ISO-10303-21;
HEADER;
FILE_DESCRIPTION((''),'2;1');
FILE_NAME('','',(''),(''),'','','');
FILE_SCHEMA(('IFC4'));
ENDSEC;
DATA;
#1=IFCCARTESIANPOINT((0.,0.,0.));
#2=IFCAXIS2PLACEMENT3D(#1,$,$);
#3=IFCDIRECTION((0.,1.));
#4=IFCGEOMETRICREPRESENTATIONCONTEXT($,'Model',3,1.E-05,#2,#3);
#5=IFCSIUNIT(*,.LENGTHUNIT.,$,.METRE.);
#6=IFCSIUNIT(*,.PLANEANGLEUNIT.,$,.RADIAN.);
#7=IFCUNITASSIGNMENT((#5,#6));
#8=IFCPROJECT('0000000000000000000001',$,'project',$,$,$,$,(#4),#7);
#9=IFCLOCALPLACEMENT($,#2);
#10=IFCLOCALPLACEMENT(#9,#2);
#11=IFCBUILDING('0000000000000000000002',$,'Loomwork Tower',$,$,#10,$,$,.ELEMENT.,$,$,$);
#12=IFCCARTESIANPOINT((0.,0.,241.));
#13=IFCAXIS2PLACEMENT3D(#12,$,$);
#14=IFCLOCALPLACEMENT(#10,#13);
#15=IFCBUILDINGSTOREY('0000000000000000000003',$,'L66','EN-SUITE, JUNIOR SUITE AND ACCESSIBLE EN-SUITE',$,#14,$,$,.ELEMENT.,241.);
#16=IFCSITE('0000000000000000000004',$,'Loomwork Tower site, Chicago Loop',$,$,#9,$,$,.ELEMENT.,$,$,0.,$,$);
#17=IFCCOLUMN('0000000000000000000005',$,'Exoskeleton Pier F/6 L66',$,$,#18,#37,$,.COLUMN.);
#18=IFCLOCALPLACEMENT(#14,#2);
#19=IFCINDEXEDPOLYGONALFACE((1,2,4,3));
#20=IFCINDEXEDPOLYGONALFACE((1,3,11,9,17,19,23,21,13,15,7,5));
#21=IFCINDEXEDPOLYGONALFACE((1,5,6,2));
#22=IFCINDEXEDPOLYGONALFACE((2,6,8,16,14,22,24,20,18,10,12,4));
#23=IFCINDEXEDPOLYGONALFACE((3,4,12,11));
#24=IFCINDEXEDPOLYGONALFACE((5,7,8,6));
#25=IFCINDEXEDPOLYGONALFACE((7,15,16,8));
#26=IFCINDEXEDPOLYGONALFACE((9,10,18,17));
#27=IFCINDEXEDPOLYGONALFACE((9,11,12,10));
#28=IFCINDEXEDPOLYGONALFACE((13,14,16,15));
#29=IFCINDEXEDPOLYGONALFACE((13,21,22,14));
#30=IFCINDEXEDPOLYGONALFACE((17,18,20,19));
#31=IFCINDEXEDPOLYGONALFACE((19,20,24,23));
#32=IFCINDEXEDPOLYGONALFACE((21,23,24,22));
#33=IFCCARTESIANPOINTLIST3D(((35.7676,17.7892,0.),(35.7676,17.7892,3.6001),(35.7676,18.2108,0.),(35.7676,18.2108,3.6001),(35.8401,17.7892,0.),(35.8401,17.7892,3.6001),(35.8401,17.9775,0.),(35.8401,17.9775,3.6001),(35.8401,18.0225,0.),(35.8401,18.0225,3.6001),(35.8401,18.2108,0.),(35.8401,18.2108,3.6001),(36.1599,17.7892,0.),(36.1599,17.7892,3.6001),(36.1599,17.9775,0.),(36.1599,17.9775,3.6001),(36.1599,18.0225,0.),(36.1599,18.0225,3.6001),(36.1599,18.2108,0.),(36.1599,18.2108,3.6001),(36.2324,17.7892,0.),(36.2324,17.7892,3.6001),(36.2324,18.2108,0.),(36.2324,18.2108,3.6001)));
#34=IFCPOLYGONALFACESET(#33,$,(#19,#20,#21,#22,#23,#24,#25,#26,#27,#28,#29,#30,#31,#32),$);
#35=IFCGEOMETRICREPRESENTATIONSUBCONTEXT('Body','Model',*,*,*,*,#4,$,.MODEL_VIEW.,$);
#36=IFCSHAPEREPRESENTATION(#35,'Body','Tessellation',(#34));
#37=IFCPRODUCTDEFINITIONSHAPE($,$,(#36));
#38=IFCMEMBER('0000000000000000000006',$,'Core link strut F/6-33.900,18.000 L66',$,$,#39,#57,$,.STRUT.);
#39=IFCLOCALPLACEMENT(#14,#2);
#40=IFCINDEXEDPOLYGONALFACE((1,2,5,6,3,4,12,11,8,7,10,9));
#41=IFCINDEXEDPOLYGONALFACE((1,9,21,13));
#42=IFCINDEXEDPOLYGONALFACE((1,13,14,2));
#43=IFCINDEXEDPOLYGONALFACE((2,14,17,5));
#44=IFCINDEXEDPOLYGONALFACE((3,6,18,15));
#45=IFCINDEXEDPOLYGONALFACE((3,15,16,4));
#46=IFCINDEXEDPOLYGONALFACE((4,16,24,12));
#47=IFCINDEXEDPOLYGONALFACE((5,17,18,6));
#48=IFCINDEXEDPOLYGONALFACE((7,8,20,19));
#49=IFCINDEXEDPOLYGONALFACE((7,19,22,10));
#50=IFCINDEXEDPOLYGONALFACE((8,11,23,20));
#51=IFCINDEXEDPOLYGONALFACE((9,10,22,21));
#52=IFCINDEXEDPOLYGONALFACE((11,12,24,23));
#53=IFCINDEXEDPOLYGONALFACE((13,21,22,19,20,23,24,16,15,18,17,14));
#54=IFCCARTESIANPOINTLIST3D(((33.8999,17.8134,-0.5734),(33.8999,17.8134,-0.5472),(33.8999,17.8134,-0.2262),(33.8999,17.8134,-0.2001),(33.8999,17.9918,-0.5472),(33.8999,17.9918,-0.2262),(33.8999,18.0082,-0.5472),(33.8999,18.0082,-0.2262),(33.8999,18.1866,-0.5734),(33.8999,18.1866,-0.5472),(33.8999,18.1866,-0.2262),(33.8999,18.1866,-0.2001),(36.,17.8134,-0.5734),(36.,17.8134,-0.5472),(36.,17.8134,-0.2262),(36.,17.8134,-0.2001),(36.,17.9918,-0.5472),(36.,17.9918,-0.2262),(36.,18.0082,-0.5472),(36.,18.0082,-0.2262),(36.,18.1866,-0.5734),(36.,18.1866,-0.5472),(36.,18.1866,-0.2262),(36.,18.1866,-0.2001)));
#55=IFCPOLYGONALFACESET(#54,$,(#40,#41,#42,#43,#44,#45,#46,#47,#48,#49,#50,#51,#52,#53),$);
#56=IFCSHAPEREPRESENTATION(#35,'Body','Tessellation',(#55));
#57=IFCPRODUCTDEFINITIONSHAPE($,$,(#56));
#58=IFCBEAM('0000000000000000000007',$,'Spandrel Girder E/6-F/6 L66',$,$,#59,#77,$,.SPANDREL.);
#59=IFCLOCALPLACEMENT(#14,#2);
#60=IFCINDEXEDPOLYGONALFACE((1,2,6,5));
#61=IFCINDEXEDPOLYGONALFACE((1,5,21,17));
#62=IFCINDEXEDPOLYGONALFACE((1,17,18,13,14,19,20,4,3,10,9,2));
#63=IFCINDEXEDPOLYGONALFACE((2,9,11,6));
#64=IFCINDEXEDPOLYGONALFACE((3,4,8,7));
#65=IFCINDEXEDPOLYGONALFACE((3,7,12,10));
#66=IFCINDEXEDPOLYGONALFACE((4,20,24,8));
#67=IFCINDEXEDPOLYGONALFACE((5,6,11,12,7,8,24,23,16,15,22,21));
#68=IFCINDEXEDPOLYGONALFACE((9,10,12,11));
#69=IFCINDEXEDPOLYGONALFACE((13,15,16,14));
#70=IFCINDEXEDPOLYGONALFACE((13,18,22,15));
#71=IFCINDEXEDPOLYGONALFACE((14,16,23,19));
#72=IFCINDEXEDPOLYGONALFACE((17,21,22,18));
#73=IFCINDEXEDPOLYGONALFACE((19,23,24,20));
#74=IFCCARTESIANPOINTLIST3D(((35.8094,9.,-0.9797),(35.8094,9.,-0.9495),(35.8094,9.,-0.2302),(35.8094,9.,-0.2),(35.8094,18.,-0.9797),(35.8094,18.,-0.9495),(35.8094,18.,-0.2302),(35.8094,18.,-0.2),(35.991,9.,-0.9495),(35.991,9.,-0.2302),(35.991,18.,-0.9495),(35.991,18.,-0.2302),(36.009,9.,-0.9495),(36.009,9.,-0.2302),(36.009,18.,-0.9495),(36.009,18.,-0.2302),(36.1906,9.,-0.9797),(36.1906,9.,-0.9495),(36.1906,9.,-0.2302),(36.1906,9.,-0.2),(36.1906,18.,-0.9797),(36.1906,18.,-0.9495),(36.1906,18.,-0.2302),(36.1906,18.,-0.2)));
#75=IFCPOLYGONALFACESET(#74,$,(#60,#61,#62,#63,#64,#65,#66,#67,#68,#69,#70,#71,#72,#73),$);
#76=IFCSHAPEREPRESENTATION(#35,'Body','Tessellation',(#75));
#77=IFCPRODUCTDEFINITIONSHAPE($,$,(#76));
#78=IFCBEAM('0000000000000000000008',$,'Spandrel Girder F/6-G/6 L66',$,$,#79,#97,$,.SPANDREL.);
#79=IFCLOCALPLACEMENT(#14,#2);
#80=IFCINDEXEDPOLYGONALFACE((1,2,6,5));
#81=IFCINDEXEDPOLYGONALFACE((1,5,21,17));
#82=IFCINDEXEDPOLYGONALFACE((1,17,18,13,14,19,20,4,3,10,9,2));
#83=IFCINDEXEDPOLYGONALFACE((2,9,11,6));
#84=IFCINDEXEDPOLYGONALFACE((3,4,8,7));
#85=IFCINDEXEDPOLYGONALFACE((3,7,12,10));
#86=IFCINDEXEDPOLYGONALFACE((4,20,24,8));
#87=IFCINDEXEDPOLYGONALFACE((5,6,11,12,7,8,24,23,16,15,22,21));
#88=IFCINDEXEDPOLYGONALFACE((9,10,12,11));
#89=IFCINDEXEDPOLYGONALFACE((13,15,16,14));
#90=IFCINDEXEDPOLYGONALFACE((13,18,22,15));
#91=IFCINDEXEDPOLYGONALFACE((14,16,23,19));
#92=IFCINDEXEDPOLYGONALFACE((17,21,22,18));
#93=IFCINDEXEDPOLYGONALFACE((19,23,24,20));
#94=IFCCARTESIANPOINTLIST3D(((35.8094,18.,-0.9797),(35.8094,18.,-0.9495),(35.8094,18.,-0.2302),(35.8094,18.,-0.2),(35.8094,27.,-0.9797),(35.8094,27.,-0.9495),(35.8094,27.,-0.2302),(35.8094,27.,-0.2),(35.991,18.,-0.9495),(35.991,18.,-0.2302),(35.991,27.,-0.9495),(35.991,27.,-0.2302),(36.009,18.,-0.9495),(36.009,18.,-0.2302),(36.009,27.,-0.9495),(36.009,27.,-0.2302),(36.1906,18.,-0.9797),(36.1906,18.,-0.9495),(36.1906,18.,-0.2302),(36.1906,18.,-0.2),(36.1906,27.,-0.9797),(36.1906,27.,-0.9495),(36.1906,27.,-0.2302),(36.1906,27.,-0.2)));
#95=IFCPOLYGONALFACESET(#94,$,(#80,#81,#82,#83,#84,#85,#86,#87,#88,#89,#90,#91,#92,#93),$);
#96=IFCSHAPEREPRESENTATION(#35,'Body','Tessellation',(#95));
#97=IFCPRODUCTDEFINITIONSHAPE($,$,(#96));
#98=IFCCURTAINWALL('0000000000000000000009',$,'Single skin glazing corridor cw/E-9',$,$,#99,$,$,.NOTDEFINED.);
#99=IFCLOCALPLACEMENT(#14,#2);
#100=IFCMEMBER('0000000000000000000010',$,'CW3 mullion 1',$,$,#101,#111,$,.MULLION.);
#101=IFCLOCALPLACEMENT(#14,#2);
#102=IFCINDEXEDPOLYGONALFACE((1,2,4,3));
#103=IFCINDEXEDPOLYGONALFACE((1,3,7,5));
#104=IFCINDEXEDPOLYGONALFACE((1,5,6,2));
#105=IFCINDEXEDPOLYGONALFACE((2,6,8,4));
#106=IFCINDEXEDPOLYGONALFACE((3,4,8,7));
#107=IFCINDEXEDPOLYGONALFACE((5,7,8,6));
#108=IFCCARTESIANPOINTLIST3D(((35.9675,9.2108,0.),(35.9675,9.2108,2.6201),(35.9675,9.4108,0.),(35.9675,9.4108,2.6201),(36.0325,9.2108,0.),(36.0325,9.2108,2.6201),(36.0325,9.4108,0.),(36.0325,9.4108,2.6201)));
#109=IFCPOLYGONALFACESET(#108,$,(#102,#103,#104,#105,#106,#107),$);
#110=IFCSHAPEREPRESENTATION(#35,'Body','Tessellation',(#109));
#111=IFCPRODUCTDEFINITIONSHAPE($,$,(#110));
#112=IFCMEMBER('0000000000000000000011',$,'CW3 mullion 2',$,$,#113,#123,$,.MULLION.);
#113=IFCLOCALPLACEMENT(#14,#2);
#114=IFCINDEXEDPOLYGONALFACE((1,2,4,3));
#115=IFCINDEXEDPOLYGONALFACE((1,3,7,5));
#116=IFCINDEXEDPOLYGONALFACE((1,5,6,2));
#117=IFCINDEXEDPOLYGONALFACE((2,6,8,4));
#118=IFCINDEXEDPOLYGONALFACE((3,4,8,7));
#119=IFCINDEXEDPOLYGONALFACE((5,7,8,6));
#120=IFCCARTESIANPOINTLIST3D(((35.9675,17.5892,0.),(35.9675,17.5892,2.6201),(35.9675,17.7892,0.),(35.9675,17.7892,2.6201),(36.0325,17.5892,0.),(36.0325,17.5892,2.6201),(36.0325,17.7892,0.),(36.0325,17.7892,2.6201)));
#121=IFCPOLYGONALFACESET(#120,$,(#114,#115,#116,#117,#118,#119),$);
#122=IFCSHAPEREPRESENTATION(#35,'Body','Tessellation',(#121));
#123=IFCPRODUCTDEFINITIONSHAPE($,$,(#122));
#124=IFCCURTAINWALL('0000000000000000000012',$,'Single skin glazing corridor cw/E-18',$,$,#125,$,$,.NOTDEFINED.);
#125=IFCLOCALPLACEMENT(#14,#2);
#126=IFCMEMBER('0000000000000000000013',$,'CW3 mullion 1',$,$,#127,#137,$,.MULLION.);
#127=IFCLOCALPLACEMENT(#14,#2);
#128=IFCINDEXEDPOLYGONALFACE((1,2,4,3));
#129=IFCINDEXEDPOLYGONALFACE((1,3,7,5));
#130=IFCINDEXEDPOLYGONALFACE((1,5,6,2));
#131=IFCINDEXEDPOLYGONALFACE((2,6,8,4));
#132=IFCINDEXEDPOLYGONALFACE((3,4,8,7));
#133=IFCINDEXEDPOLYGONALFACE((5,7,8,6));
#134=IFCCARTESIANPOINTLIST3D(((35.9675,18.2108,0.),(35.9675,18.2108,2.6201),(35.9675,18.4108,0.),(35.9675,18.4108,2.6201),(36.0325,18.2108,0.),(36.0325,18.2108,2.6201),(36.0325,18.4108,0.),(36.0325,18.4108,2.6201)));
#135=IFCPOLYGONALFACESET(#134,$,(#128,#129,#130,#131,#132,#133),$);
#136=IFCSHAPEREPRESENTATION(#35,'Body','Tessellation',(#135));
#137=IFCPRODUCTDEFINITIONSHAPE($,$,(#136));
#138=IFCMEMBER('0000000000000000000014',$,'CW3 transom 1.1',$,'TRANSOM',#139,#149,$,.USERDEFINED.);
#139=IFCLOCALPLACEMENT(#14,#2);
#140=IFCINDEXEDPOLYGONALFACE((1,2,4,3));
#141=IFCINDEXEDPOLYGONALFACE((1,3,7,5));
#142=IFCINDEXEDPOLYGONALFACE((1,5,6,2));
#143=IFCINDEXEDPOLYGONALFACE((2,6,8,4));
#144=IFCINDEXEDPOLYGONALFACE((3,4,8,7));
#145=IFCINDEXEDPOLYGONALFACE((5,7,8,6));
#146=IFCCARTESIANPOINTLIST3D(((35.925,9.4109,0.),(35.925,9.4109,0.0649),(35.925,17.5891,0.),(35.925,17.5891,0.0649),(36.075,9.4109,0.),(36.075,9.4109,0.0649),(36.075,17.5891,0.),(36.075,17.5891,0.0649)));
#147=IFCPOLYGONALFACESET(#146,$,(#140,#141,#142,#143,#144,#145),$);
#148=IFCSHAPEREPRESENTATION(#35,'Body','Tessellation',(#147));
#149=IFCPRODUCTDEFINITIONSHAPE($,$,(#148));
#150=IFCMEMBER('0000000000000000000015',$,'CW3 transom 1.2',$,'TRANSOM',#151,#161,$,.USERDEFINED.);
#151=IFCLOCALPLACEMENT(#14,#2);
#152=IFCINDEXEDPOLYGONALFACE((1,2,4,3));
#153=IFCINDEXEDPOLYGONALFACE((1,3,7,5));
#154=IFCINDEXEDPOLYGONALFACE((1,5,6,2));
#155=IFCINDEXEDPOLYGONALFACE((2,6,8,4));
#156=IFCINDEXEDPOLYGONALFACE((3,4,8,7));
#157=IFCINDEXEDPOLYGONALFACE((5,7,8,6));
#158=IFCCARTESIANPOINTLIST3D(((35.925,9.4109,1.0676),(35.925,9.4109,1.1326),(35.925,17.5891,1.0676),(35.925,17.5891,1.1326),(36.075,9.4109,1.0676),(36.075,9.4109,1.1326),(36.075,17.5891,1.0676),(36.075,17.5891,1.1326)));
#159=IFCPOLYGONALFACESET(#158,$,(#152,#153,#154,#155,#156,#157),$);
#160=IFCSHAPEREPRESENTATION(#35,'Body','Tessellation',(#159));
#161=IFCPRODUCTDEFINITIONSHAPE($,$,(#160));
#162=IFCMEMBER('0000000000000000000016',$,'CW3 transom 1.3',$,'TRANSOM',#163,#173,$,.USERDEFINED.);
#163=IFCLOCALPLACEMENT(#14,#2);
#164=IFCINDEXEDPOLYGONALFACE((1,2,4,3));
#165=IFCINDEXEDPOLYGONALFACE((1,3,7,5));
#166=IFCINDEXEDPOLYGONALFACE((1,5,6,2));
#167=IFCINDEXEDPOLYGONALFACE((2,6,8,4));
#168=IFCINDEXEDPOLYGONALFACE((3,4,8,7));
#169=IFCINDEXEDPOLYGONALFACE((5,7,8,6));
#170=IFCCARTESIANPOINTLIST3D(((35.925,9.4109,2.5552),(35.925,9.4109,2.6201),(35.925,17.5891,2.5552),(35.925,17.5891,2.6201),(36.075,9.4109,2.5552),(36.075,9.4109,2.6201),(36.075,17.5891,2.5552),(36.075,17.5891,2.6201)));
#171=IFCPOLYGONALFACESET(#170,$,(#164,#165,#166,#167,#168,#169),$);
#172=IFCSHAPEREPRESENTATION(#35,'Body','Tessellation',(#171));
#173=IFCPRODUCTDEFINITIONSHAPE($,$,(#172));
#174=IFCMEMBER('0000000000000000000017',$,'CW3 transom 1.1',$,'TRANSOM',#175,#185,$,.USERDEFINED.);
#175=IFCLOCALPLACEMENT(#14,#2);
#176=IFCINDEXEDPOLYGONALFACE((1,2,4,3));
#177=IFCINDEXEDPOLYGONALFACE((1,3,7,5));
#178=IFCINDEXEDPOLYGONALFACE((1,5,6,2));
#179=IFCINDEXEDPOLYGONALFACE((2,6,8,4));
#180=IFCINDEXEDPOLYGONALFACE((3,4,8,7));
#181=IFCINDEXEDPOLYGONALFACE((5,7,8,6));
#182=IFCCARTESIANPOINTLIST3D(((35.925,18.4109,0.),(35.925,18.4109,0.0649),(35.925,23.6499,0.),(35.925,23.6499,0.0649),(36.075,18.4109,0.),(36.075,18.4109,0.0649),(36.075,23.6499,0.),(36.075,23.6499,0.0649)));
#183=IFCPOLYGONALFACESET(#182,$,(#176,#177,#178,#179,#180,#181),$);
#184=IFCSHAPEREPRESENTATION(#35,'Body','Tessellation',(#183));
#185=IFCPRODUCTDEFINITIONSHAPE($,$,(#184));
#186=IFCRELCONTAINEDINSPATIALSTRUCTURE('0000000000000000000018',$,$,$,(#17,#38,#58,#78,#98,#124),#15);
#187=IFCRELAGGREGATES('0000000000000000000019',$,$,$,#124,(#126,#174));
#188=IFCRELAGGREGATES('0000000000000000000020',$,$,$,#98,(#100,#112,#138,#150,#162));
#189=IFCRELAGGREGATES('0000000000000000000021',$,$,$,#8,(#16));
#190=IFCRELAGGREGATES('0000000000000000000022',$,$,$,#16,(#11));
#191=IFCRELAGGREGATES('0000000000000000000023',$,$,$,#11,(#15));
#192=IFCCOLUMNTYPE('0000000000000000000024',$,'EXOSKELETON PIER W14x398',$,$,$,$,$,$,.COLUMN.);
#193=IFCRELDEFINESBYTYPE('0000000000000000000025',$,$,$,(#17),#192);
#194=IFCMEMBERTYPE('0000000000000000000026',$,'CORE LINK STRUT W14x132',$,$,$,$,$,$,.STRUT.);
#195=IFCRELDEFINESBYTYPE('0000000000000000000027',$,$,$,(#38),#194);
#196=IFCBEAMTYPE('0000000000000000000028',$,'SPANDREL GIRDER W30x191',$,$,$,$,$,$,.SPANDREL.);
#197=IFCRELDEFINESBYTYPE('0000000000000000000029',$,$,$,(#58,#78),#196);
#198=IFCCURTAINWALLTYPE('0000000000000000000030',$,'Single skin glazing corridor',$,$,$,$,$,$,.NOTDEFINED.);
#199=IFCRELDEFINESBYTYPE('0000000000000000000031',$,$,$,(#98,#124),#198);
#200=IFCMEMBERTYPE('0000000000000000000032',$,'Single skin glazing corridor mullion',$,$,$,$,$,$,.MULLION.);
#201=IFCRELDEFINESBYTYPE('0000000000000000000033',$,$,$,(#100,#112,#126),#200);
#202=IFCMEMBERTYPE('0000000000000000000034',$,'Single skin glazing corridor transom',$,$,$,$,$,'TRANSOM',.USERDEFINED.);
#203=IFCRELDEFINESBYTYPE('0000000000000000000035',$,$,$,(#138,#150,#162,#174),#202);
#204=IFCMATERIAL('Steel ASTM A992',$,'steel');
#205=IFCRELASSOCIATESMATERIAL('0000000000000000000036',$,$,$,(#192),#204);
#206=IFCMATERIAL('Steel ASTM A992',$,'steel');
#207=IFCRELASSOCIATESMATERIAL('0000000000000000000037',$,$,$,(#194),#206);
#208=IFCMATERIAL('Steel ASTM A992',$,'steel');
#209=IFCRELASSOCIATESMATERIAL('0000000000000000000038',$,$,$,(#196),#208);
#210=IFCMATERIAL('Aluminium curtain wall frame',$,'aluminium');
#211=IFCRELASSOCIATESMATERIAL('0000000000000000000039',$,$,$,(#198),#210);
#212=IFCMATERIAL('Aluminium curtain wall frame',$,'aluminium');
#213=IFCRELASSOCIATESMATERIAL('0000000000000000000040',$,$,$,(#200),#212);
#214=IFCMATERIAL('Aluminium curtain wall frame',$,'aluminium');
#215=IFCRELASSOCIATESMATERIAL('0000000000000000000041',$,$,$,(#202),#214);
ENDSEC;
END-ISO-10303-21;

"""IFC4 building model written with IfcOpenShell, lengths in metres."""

from ifc_helpers import new_model, si_unit, direction, frame, origin, origin_2d, place, context, subcontext, project, spatial, rectangle, i_section, extrude, material, material_profile, profile_set, type_object, element, aggregate, save


model = new_model("IFC4")

# Units and contexts
model_context = context("Model", 3, precision=1e-05, world=origin(), true_north=direction((0.0, 1.0)))
body_context = subcontext(model_context, "Body", "Model", "MODEL_VIEW")
ifc_project = project(units=[si_unit("LENGTHUNIT", "METRE"), si_unit("PLANEANGLEUNIT", "RADIAN")], contexts=[model_context])

# Site, building, storey
site_placement = place(None, origin())
site = spatial("IfcSite", under=ifc_project, at=site_placement, Name="Loomwork Tower site, Chicago Loop", CompositionType="ELEMENT", RefElevation=0.0)
building_placement = place(site_placement, origin())
building = spatial("IfcBuilding", under=site, at=building_placement, Name="Loomwork Tower", CompositionType="ELEMENT")
storey_placement = place(building_placement, frame((0.0, 0.0, 241.0)))
storey = spatial("IfcBuildingStorey", under=building, at=storey_placement, Name="L66", Description="EN-SUITE, JUNIOR SUITE AND ACCESSIBLE EN-SUITE", CompositionType="ELEMENT", Elevation=241.0)

# Column
ifc_material_1 = material(Name="Steel ASTM A992", Category="steel")
ifc_material_profile_1 = material_profile(ifc_material_1, i_section(OverallWidth=0.4216, OverallDepth=0.4648, WebThickness=0.0449, FlangeThickness=0.0725, at=origin_2d()), Name="W14x398")
ifc_profile_set_1 = profile_set([ifc_material_profile_1], Name="Steel ASTM A992")
column_type = type_object("IfcColumnType", Name="EXOSKELETON PIER W14x398", PredefinedType="COLUMN", material=ifc_profile_set_1)
column_placement = place(storey_placement, frame((36.0, 18.0, 0.0), z_axis=(0.0, 0.0, 1.0), x_axis=(0.0, 1.0, 0.0)))
element("IfcColumn", 1, at=column_placement, inside=storey, type_object=column_type, Name="Exoskeleton Pier F/6 L66", PredefinedType="COLUMN", context=body_context, shape_type="SweptSolid", body=[
    extrude(i_section(OverallWidth=0.4216, OverallDepth=0.4648, WebThickness=0.0449, FlangeThickness=0.0725, at=origin_2d()), origin(), (0.0, 0.0, 1.0), 3.6001),
])

# Member
ifc_material_2 = material(Name="Steel ASTM A992", Category="steel")
ifc_material_profile_2 = material_profile(ifc_material_2, i_section(OverallWidth=0.3733, OverallDepth=0.3733, WebThickness=0.0164, FlangeThickness=0.0261, at=origin_2d()), Name="W14x132")
ifc_profile_set_2 = profile_set([ifc_material_profile_2], Name="Steel ASTM A992")
member_type_1 = type_object("IfcMemberType", Name="CORE LINK STRUT W14x132", PredefinedType="STRUT", material=ifc_profile_set_2)
member_1_placement = place(storey_placement, frame((36.0, 18.0, -0.3867), z_axis=(-1.0, 0.0, 0.0), x_axis=(0.0, -1.0, 0.0)))
element("IfcMember", 2, at=member_1_placement, inside=storey, type_object=member_type_1, Name="Core link strut F/6-33.900,18.000 L66", PredefinedType="STRUT", context=body_context, shape_type="SweptSolid", body=[
    extrude(i_section(OverallWidth=0.3733, OverallDepth=0.3733, WebThickness=0.0164, FlangeThickness=0.0261, at=origin_2d()), origin(), (0.0, 0.0, 1.0), 2.1001),
])

# Beams
ifc_material_3 = material(Name="Steel ASTM A992", Category="steel")
ifc_material_profile_3 = material_profile(ifc_material_3, i_section(OverallWidth=0.3811, OverallDepth=0.7798, WebThickness=0.0181, FlangeThickness=0.0303, at=origin_2d()), Name="W30x191")
ifc_profile_set_3 = profile_set([ifc_material_profile_3], Name="Steel ASTM A992")
beam_type = type_object("IfcBeamType", Name="SPANDREL GIRDER W30x191", PredefinedType="SPANDREL", material=ifc_profile_set_3)
for number, where, z_axis, x_axis, name in (
    (3, (36.0, 9.0, -0.5898), (0.0, 1.0, 0.0), (-1.0, 0.0, 0.0), "Spandrel Girder E/6-F/6 L66"),
    (4, (36.0, 18.0, -0.5898), (0.0, 1.0, 0.0), (-1.0, 0.0, 0.0), "Spandrel Girder F/6-G/6 L66"),
):
    element("IfcBeam", number, at=place(storey_placement, frame(where, z_axis=z_axis, x_axis=x_axis)), inside=storey, type_object=beam_type, Name=name, PredefinedType="SPANDREL", context=body_context, shape_type="SweptSolid", body=[
        extrude(i_section(OverallWidth=0.3811, OverallDepth=0.7798, WebThickness=0.0181, FlangeThickness=0.0303, at=origin_2d()), origin(), (0.0, 0.0, 1.0), 9.0),
    ])

# Curtain wall, members
ifc_material_4 = material(Name="Aluminium curtain wall frame", Category="aluminium")
curtain_wall_type = type_object("IfcCurtainWallType", Name="Single skin glazing corridor", PredefinedType="NOTDEFINED", material=ifc_material_4)
curtain_wall_1_placement = place(storey_placement, origin())
curtain_wall_1 = element("IfcCurtainWall", 5, at=curtain_wall_1_placement, inside=storey, type_object=curtain_wall_type, Name="Single skin glazing corridor cw/E-9", PredefinedType="NOTDEFINED")
ifc_material_5 = material(Name="Aluminium curtain wall frame", Category="aluminium")
ifc_material_profile_4 = material_profile(ifc_material_5, rectangle(XDim=0.0649, YDim=0.2, at=origin_2d()), Name="AL 65x200")
ifc_profile_set_4 = profile_set([ifc_material_profile_4], Name="Aluminium curtain wall frame")
member_type_2 = type_object("IfcMemberType", Name="Single skin glazing corridor mullion", PredefinedType="MULLION", material=ifc_profile_set_4)
member_2_placement = place(storey_placement, frame((36.0, 9.3108, 0.0), z_axis=(0.0, 0.0, 1.0), x_axis=(-1.0, 0.0, 0.0)))
member_2 = element("IfcMember", 6, at=member_2_placement, type_object=member_type_2, Name="CW3 mullion 1", PredefinedType="MULLION", context=body_context, shape_type="SweptSolid", body=[
    extrude(rectangle(XDim=0.0649, YDim=0.2, at=origin_2d()), origin(), (0.0, 0.0, 1.0), 2.6201),
])
member_3_placement = place(storey_placement, frame((36.0, 17.6892, 0.0), z_axis=(0.0, 0.0, 1.0), x_axis=(-1.0, 0.0, 0.0)))
member_3 = element("IfcMember", 7, at=member_3_placement, type_object=member_type_2, Name="CW3 mullion 2", PredefinedType="MULLION", context=body_context, shape_type="SweptSolid", body=[
    extrude(rectangle(XDim=0.0649, YDim=0.2, at=origin_2d()), origin(), (0.0, 0.0, 1.0), 2.6201),
])

# Curtain wall, member
curtain_wall_2_placement = place(storey_placement, origin())
curtain_wall_2 = element("IfcCurtainWall", 8, at=curtain_wall_2_placement, inside=storey, type_object=curtain_wall_type, Name="Single skin glazing corridor cw/E-18", PredefinedType="NOTDEFINED")
member_4_placement = place(storey_placement, frame((36.0, 18.3108, 0.0), z_axis=(0.0, 0.0, 1.0), x_axis=(-1.0, 0.0, 0.0)))
member_4 = element("IfcMember", 9, at=member_4_placement, type_object=member_type_2, Name="CW3 mullion 1", PredefinedType="MULLION", context=body_context, shape_type="SweptSolid", body=[
    extrude(rectangle(XDim=0.0649, YDim=0.2, at=origin_2d()), origin(), (0.0, 0.0, 1.0), 2.6201),
])

# Members
ifc_material_6 = material(Name="Aluminium curtain wall frame", Category="aluminium")
ifc_material_profile_5 = material_profile(ifc_material_6, rectangle(XDim=0.1499, YDim=0.0649, at=origin_2d()), Name="AL 65x150")
ifc_profile_set_5 = profile_set([ifc_material_profile_5], Name="Aluminium curtain wall frame")
member_type_3 = type_object("IfcMemberType", Name="Single skin glazing corridor transom", ElementType="TRANSOM", PredefinedType="USERDEFINED", material=ifc_profile_set_5)
member_5_placement = place(storey_placement, frame((36.0, 9.4109, 0.0325), z_axis=(0.0, 1.0, 0.0), x_axis=(-1.0, 0.0, 0.0)))
member_5 = element("IfcMember", 10, at=member_5_placement, type_object=member_type_3, Name="CW3 transom 1.1", ObjectType="TRANSOM", PredefinedType="USERDEFINED", context=body_context, shape_type="SweptSolid", body=[
    extrude(rectangle(XDim=0.1499, YDim=0.0649, at=origin_2d()), origin(), (0.0, 0.0, 1.0), 8.1782),
])
member_6_placement = place(storey_placement, frame((36.0, 9.4109, 1.1001), z_axis=(0.0, 1.0, 0.0), x_axis=(-1.0, 0.0, 0.0)))
member_6 = element("IfcMember", 11, at=member_6_placement, type_object=member_type_3, Name="CW3 transom 1.2", ObjectType="TRANSOM", PredefinedType="USERDEFINED", context=body_context, shape_type="SweptSolid", body=[
    extrude(rectangle(XDim=0.1499, YDim=0.0649, at=origin_2d()), origin(), (0.0, 0.0, 1.0), 8.1782),
])
member_7_placement = place(storey_placement, frame((36.0, 9.4109, 2.5876), z_axis=(0.0, 1.0, 0.0), x_axis=(-1.0, 0.0, 0.0)))
member_7 = element("IfcMember", 12, at=member_7_placement, type_object=member_type_3, Name="CW3 transom 1.3", ObjectType="TRANSOM", PredefinedType="USERDEFINED", context=body_context, shape_type="SweptSolid", body=[
    extrude(rectangle(XDim=0.1499, YDim=0.0649, at=origin_2d()), origin(), (0.0, 0.0, 1.0), 8.1782),
])
member_8_placement = place(storey_placement, frame((36.0, 18.4109, 0.0325), z_axis=(0.0, 1.0, 0.0), x_axis=(-1.0, 0.0, 0.0)))
member_8 = element("IfcMember", 13, at=member_8_placement, type_object=member_type_3, Name="CW3 transom 1.1", ObjectType="TRANSOM", PredefinedType="USERDEFINED", context=body_context, shape_type="SweptSolid", body=[
    extrude(rectangle(XDim=0.1499, YDim=0.0649, at=origin_2d()), origin(), (0.0, 0.0, 1.0), 5.239),
])
aggregate(curtain_wall_2, [member_4, member_8])

aggregate(curtain_wall_1, [member_2, member_3, member_5, member_6, member_7])

save(model, "model.ifc")
